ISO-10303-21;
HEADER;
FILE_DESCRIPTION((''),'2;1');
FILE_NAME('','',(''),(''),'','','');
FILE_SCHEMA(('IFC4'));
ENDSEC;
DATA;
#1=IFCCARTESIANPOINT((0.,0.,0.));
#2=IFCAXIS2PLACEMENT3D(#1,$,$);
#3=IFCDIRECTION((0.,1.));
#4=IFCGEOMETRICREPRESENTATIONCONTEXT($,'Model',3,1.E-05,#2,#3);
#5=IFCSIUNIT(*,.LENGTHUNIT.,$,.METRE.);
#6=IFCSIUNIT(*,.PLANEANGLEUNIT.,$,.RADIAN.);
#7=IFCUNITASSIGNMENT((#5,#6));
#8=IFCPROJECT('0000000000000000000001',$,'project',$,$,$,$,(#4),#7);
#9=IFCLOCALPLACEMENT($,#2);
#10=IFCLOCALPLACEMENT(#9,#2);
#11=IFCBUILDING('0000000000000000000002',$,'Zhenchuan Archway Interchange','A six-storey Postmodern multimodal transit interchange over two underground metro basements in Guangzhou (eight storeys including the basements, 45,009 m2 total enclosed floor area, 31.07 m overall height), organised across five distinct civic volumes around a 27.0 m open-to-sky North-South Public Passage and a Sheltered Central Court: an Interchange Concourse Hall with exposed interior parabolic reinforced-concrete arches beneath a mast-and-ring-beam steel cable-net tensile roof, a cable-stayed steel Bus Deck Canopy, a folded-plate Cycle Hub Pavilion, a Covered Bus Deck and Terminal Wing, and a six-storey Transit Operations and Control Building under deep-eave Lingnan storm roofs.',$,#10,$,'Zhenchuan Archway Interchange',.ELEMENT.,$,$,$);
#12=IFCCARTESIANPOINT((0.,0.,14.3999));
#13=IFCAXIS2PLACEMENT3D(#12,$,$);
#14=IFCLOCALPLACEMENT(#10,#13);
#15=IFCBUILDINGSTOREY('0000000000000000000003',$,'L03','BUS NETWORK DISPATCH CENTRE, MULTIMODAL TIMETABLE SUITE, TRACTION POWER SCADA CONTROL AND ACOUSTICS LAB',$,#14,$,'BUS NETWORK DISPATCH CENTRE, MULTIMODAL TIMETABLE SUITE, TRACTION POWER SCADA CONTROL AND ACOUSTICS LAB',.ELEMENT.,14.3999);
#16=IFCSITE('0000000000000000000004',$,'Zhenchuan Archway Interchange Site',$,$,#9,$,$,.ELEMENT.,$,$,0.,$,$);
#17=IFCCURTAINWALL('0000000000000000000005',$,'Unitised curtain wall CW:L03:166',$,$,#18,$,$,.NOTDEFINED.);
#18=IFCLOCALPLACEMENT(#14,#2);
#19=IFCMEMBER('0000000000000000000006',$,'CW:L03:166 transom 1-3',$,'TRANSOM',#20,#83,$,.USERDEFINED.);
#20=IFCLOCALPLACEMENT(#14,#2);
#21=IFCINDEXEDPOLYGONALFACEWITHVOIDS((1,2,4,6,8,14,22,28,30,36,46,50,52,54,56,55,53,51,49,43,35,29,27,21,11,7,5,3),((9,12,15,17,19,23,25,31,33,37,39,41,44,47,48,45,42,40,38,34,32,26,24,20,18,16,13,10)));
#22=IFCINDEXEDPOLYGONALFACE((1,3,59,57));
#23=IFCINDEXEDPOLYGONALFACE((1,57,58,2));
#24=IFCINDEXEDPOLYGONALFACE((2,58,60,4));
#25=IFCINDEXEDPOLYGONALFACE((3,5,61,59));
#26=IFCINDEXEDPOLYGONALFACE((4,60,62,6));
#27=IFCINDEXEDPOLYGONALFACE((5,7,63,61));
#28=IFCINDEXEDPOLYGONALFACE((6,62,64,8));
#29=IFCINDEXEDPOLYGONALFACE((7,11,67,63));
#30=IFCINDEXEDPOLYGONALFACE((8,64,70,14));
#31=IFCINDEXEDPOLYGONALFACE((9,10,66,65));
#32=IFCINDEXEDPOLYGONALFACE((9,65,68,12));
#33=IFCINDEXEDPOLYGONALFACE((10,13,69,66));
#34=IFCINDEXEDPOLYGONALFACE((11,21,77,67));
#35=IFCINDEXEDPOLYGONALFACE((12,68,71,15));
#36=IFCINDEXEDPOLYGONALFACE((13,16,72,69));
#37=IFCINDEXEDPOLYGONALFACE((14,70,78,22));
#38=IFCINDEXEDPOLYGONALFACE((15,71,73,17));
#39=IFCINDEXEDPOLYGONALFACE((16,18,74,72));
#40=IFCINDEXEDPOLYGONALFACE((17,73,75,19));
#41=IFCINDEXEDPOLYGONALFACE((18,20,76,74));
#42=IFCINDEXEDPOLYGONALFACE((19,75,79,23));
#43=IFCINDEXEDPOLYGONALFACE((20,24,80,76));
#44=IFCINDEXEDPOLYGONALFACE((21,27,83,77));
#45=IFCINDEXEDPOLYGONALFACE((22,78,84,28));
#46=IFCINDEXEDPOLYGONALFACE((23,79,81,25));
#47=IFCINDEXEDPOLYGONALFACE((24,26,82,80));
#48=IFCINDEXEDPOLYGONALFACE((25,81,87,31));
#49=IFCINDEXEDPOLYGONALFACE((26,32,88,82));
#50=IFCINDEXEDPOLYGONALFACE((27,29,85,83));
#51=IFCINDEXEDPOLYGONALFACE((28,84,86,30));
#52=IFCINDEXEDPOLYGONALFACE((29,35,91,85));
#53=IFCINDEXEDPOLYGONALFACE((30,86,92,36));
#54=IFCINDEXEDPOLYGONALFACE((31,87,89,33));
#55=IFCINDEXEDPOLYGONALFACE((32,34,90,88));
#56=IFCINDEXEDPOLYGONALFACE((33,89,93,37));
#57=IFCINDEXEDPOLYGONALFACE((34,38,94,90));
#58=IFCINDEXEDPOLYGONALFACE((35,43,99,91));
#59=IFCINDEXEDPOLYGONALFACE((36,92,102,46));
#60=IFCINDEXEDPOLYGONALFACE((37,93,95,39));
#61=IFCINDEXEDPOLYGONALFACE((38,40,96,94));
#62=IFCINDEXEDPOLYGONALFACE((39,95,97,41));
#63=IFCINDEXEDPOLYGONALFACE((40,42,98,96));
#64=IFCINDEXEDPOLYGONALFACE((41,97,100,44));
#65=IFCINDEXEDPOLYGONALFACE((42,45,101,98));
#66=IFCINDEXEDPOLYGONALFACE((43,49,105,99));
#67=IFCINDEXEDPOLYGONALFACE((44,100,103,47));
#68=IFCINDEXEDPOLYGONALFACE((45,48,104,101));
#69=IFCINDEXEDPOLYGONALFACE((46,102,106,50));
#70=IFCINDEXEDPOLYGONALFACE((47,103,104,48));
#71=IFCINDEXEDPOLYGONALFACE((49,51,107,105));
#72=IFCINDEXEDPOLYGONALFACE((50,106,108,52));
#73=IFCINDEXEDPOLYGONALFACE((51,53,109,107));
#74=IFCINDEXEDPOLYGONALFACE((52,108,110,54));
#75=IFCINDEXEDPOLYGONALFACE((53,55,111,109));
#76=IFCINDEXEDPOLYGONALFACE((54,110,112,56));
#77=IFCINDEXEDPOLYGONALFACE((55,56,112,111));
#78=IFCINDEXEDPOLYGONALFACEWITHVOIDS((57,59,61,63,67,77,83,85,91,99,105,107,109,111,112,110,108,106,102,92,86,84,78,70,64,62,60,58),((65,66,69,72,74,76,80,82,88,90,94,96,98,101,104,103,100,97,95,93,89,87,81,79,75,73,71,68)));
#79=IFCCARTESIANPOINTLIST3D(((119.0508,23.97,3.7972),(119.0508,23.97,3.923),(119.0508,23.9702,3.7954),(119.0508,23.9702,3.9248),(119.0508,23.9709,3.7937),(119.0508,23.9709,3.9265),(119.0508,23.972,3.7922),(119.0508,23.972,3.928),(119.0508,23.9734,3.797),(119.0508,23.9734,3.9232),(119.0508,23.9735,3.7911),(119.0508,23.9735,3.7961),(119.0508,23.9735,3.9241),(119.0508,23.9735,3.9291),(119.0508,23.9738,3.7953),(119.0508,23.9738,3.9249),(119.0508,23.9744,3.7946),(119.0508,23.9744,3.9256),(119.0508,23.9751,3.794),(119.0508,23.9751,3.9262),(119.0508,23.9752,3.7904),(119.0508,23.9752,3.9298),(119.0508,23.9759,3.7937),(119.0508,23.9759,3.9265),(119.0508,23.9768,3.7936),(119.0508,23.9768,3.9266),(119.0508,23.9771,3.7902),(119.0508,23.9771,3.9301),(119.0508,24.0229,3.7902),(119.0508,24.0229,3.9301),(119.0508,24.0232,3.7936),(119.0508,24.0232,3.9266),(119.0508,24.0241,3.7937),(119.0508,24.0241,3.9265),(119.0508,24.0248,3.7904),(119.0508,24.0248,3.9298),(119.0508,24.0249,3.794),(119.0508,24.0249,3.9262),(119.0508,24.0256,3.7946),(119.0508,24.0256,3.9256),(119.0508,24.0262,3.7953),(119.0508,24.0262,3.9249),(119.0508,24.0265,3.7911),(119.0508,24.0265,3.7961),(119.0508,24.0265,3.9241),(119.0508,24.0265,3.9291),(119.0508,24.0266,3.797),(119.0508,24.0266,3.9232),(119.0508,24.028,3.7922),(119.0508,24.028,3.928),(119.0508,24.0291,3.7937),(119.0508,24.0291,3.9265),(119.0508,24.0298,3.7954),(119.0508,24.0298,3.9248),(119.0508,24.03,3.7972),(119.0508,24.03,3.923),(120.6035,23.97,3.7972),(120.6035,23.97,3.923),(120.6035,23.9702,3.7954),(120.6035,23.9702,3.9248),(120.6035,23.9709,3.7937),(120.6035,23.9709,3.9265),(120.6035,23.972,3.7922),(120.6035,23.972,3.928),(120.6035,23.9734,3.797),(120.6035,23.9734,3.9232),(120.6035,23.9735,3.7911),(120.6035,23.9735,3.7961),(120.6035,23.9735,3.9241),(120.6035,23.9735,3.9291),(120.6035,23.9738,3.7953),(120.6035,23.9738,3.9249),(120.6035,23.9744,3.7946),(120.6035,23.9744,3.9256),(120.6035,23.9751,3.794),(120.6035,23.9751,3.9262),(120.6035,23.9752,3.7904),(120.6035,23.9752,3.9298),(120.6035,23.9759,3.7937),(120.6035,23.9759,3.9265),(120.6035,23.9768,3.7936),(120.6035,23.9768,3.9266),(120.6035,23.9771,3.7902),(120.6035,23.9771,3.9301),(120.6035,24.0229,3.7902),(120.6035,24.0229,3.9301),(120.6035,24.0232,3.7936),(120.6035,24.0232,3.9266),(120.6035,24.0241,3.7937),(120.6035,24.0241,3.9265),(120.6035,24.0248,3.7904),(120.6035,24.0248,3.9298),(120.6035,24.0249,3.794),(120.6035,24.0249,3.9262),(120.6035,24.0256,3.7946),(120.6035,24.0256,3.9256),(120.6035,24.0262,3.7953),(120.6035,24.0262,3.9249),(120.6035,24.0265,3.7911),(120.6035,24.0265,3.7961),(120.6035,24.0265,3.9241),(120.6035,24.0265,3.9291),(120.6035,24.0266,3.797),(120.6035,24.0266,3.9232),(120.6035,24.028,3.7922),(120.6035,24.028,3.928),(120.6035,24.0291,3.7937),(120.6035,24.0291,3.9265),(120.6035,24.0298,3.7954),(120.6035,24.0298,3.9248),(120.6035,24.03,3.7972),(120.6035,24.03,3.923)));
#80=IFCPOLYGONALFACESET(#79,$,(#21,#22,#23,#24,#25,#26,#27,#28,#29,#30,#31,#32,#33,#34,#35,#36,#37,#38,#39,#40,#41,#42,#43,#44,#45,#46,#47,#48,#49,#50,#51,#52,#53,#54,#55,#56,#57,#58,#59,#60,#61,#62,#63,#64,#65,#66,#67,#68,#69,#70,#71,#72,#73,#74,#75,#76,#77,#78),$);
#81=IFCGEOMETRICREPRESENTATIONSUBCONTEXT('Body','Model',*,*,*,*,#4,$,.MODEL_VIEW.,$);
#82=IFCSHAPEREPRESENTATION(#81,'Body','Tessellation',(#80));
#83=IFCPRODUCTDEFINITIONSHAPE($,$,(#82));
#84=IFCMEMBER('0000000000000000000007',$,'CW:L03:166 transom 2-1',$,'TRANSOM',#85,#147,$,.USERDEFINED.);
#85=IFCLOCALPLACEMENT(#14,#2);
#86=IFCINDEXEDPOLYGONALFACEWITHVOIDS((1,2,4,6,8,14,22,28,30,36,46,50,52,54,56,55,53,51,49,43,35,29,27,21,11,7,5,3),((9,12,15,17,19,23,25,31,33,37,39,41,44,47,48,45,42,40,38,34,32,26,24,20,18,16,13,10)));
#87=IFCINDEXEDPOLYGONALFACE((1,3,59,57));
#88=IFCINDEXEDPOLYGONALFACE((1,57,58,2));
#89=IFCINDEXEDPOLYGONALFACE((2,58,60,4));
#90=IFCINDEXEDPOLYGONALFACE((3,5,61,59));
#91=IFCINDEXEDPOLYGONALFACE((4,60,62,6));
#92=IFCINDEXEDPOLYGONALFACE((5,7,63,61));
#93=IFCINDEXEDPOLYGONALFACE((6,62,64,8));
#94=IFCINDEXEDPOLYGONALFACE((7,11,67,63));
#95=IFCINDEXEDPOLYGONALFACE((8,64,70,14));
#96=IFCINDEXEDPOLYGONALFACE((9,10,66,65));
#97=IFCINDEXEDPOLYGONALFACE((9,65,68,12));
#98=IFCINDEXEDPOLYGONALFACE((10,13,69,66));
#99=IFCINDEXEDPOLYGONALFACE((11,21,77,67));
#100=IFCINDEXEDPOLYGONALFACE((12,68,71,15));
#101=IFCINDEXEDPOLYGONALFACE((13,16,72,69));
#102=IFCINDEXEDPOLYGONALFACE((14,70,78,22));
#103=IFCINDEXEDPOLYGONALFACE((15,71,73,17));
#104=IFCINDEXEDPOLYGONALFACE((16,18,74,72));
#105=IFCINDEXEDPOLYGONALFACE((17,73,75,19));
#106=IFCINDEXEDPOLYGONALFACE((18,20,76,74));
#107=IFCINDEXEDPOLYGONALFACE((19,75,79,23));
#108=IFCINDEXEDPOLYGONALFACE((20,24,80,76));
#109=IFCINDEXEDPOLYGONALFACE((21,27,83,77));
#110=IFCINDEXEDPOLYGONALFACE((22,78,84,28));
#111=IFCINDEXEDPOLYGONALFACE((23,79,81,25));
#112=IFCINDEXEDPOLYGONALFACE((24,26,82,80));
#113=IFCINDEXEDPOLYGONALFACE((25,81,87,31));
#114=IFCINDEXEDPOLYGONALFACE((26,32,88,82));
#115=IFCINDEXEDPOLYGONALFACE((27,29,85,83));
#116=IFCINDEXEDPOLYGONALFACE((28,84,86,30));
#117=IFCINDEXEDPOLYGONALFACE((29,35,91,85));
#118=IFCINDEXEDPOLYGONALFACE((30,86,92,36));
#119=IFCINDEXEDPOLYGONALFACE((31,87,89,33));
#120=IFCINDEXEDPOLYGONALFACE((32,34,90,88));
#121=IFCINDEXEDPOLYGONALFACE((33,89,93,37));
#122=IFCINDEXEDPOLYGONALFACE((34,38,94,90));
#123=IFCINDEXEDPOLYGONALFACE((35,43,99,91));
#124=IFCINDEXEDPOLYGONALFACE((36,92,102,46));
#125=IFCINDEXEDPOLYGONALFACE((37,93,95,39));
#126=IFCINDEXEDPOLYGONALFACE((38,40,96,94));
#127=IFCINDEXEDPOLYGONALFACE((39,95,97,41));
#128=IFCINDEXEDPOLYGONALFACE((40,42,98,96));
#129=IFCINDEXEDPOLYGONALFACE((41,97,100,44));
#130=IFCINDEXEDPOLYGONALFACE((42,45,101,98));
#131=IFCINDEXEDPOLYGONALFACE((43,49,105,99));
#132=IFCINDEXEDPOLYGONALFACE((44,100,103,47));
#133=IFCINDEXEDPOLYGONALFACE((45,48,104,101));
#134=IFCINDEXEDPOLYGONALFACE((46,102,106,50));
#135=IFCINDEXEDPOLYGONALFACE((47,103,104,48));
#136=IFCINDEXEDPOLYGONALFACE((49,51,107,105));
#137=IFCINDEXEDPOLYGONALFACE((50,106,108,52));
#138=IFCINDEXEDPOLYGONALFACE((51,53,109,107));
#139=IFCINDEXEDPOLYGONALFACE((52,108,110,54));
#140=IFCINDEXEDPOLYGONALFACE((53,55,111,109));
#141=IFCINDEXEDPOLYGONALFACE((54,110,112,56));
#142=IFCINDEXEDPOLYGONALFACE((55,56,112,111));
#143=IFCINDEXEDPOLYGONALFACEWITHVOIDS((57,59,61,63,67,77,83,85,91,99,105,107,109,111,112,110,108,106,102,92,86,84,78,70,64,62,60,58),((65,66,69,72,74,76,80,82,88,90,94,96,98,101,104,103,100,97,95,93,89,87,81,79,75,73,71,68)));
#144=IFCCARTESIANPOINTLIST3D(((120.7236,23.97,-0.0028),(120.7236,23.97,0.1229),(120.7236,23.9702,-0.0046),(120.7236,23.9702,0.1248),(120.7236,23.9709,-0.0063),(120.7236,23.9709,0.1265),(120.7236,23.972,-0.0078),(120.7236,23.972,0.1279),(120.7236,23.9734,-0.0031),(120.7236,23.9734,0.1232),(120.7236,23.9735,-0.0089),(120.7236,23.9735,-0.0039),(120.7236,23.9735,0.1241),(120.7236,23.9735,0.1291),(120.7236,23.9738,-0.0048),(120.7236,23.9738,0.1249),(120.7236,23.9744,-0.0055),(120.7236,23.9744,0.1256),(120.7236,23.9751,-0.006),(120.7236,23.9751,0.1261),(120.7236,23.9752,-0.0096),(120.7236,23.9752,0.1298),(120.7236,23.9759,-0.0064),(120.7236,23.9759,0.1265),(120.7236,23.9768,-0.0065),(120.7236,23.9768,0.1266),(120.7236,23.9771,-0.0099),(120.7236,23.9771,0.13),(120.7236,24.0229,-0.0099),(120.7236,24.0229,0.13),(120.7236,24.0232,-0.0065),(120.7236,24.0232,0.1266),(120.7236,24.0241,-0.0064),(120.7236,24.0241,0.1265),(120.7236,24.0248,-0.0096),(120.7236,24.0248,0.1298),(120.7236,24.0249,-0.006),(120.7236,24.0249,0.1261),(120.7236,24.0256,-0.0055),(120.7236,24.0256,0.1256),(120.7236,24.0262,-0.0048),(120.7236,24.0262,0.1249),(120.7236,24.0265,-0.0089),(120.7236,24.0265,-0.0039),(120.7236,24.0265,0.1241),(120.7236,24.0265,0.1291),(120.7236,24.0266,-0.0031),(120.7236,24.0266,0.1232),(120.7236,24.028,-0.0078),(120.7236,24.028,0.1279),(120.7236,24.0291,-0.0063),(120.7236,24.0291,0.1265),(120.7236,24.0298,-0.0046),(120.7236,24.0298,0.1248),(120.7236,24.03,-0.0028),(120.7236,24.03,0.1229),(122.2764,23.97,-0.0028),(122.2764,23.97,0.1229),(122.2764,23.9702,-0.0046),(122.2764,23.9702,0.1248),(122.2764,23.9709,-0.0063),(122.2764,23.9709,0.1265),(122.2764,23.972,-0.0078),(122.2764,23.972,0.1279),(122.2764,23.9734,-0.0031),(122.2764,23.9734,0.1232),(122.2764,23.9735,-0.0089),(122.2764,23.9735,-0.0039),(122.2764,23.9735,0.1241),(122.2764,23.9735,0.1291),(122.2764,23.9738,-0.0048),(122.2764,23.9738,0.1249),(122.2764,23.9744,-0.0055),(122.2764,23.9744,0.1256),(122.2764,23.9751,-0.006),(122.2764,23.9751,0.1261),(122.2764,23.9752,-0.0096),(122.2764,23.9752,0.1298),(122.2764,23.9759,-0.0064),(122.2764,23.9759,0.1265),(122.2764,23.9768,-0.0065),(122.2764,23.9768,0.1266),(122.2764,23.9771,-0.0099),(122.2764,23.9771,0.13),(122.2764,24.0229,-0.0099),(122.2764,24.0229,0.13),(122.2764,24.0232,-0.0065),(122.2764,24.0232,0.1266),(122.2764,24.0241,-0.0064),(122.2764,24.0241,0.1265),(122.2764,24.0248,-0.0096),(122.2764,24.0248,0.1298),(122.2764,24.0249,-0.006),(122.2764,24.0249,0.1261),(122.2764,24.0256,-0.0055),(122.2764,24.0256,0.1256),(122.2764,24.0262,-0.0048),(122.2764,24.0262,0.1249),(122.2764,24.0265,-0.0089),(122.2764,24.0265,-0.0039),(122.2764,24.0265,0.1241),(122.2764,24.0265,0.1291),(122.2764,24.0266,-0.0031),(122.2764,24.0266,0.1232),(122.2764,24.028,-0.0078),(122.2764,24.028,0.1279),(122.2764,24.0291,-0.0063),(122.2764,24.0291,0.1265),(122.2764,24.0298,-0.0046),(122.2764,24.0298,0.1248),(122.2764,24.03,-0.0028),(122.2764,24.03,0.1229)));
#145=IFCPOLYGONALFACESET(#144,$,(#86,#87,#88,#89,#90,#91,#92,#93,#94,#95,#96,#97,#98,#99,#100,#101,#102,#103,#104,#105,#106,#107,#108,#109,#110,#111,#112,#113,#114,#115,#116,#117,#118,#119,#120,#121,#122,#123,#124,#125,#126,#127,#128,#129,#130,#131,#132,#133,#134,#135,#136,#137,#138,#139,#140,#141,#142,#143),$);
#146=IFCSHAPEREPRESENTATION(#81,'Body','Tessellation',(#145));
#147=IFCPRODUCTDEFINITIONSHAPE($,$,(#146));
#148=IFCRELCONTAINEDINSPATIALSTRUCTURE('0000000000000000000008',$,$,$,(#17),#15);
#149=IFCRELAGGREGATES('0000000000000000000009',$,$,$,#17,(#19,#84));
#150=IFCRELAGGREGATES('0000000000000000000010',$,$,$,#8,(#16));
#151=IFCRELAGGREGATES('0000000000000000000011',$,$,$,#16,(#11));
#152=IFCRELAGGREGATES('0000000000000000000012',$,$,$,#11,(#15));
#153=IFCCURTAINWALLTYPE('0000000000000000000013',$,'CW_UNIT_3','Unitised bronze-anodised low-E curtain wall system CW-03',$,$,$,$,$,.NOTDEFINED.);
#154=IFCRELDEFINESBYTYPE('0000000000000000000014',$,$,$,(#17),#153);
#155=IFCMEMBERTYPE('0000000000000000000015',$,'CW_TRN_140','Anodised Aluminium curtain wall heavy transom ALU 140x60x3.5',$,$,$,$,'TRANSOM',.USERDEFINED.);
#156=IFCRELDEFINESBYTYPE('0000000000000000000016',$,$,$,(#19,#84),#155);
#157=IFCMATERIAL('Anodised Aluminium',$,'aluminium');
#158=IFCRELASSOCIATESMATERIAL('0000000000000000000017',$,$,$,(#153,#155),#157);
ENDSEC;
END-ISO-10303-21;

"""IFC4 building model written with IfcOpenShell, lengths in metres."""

from ifc_helpers import new_model, si_unit, direction, frame, origin, origin_2d, place, context, subcontext, project, spatial, hollow_rectangle, extrude, material, material_profile, profile_set, type_object, element, aggregate, save


model = new_model("IFC4")

# Units and contexts
model_context = context("Model", 3, precision=1e-05, world=origin(), true_north=direction((0.0, 1.0)))
body_context = subcontext(model_context, "Body", "Model", "MODEL_VIEW")
ifc_project = project(units=[si_unit("LENGTHUNIT", "METRE"), si_unit("PLANEANGLEUNIT", "RADIAN")], contexts=[model_context])

# Site, building, storey
site_placement = place(None, origin())
site = spatial("IfcSite", under=ifc_project, at=site_placement, Name="Zhenchuan Archway Interchange Site", CompositionType="ELEMENT", RefElevation=0.0)
building_placement = place(site_placement, origin())
building = spatial("IfcBuilding", under=site, at=building_placement, Name="Zhenchuan Archway Interchange", Description="A six-storey Postmodern multimodal transit interchange over two underground metro basements in Guangzhou (eight storeys including the basements, 45,009 m2 total enclosed floor area, 31.07 m overall height), organised across five distinct civic volumes around a 27.0 m open-to-sky North-South Public Passage and a Sheltered Central Court: an Interchange Concourse Hall with exposed interior parabolic reinforced-concrete arches beneath a mast-and-ring-beam steel cable-net tensile roof, a cable-stayed steel Bus Deck Canopy, a folded-plate Cycle Hub Pavilion, a Covered Bus Deck and Terminal Wing, and a six-storey Transit Operations and Control Building under deep-eave Lingnan storm roofs.", LongName="Zhenchuan Archway Interchange", CompositionType="ELEMENT")
storey_placement = place(building_placement, frame((0.0, 0.0, 14.3999)))
storey = spatial("IfcBuildingStorey", under=building, at=storey_placement, Name="L03", Description="BUS NETWORK DISPATCH CENTRE, MULTIMODAL TIMETABLE SUITE, TRACTION POWER SCADA CONTROL AND ACOUSTICS LAB", LongName="BUS NETWORK DISPATCH CENTRE, MULTIMODAL TIMETABLE SUITE, TRACTION POWER SCADA CONTROL AND ACOUSTICS LAB", CompositionType="ELEMENT", Elevation=14.3999)

# Curtain wall
ifc_material_1 = material(Name="Anodised Aluminium", Category="aluminium")
curtain_wall_type_1 = type_object("IfcCurtainWallType", Name="CW_UNIT_3", Description="Unitised bronze-anodised low-E curtain wall system CW-03", PredefinedType="NOTDEFINED", material=ifc_material_1)
curtain_wall_1_placement = place(storey_placement, origin())
curtain_wall_1 = element("IfcCurtainWall", 1, at=curtain_wall_1_placement, inside=storey, type_object=curtain_wall_type_1, Name="Unitised curtain wall CW:L03:166", PredefinedType="NOTDEFINED")

# Members
ifc_material_profile_1 = material_profile(ifc_material_1, hollow_rectangle(XDim=0.0601, YDim=0.1399, WallThickness=0.0034, InnerFilletRadius=0.0034, OuterFilletRadius=0.0071, at=origin_2d()), Name="ALU 140x60x3.5")
ifc_profile_set_1 = profile_set([ifc_material_profile_1], Name="Anodised Aluminium")
member_type_1 = type_object("IfcMemberType", Name="CW_TRN_140", Description="Anodised Aluminium curtain wall heavy transom ALU 140x60x3.5", ElementType="TRANSOM", PredefinedType="USERDEFINED", material=ifc_profile_set_1)
member_1_placement = place(storey_placement, frame((119.0508, 24.0, 3.8601), z_axis=(1.0, 0.0, 0.0), x_axis=(0.0, 1.0, 0.0)))
member_1 = element("IfcMember", 2, at=member_1_placement, type_object=member_type_1, Name="CW:L03:166 transom 1-3", ObjectType="TRANSOM", PredefinedType="USERDEFINED", context=body_context, shape_type="SweptSolid", body=[
    extrude(hollow_rectangle(XDim=0.0601, YDim=0.1399, WallThickness=0.0034, InnerFilletRadius=0.0034, OuterFilletRadius=0.0071, at=origin_2d()), origin(), (0.0, 0.0, 1.0), 1.5527),
])
member_2_placement = place(storey_placement, frame((120.7236, 24.0, 0.0601), z_axis=(1.0, 0.0, 0.0), x_axis=(0.0, 1.0, 0.0)))
member_2 = element("IfcMember", 3, at=member_2_placement, type_object=member_type_1, Name="CW:L03:166 transom 2-1", ObjectType="TRANSOM", PredefinedType="USERDEFINED", context=body_context, shape_type="SweptSolid", body=[
    extrude(hollow_rectangle(XDim=0.0601, YDim=0.1399, WallThickness=0.0034, InnerFilletRadius=0.0034, OuterFilletRadius=0.0071, at=origin_2d()), origin(), (0.0, 0.0, 1.0), 1.5527),
])

aggregate(curtain_wall_1, [member_1, member_2])

save(model, "model.ifc")
